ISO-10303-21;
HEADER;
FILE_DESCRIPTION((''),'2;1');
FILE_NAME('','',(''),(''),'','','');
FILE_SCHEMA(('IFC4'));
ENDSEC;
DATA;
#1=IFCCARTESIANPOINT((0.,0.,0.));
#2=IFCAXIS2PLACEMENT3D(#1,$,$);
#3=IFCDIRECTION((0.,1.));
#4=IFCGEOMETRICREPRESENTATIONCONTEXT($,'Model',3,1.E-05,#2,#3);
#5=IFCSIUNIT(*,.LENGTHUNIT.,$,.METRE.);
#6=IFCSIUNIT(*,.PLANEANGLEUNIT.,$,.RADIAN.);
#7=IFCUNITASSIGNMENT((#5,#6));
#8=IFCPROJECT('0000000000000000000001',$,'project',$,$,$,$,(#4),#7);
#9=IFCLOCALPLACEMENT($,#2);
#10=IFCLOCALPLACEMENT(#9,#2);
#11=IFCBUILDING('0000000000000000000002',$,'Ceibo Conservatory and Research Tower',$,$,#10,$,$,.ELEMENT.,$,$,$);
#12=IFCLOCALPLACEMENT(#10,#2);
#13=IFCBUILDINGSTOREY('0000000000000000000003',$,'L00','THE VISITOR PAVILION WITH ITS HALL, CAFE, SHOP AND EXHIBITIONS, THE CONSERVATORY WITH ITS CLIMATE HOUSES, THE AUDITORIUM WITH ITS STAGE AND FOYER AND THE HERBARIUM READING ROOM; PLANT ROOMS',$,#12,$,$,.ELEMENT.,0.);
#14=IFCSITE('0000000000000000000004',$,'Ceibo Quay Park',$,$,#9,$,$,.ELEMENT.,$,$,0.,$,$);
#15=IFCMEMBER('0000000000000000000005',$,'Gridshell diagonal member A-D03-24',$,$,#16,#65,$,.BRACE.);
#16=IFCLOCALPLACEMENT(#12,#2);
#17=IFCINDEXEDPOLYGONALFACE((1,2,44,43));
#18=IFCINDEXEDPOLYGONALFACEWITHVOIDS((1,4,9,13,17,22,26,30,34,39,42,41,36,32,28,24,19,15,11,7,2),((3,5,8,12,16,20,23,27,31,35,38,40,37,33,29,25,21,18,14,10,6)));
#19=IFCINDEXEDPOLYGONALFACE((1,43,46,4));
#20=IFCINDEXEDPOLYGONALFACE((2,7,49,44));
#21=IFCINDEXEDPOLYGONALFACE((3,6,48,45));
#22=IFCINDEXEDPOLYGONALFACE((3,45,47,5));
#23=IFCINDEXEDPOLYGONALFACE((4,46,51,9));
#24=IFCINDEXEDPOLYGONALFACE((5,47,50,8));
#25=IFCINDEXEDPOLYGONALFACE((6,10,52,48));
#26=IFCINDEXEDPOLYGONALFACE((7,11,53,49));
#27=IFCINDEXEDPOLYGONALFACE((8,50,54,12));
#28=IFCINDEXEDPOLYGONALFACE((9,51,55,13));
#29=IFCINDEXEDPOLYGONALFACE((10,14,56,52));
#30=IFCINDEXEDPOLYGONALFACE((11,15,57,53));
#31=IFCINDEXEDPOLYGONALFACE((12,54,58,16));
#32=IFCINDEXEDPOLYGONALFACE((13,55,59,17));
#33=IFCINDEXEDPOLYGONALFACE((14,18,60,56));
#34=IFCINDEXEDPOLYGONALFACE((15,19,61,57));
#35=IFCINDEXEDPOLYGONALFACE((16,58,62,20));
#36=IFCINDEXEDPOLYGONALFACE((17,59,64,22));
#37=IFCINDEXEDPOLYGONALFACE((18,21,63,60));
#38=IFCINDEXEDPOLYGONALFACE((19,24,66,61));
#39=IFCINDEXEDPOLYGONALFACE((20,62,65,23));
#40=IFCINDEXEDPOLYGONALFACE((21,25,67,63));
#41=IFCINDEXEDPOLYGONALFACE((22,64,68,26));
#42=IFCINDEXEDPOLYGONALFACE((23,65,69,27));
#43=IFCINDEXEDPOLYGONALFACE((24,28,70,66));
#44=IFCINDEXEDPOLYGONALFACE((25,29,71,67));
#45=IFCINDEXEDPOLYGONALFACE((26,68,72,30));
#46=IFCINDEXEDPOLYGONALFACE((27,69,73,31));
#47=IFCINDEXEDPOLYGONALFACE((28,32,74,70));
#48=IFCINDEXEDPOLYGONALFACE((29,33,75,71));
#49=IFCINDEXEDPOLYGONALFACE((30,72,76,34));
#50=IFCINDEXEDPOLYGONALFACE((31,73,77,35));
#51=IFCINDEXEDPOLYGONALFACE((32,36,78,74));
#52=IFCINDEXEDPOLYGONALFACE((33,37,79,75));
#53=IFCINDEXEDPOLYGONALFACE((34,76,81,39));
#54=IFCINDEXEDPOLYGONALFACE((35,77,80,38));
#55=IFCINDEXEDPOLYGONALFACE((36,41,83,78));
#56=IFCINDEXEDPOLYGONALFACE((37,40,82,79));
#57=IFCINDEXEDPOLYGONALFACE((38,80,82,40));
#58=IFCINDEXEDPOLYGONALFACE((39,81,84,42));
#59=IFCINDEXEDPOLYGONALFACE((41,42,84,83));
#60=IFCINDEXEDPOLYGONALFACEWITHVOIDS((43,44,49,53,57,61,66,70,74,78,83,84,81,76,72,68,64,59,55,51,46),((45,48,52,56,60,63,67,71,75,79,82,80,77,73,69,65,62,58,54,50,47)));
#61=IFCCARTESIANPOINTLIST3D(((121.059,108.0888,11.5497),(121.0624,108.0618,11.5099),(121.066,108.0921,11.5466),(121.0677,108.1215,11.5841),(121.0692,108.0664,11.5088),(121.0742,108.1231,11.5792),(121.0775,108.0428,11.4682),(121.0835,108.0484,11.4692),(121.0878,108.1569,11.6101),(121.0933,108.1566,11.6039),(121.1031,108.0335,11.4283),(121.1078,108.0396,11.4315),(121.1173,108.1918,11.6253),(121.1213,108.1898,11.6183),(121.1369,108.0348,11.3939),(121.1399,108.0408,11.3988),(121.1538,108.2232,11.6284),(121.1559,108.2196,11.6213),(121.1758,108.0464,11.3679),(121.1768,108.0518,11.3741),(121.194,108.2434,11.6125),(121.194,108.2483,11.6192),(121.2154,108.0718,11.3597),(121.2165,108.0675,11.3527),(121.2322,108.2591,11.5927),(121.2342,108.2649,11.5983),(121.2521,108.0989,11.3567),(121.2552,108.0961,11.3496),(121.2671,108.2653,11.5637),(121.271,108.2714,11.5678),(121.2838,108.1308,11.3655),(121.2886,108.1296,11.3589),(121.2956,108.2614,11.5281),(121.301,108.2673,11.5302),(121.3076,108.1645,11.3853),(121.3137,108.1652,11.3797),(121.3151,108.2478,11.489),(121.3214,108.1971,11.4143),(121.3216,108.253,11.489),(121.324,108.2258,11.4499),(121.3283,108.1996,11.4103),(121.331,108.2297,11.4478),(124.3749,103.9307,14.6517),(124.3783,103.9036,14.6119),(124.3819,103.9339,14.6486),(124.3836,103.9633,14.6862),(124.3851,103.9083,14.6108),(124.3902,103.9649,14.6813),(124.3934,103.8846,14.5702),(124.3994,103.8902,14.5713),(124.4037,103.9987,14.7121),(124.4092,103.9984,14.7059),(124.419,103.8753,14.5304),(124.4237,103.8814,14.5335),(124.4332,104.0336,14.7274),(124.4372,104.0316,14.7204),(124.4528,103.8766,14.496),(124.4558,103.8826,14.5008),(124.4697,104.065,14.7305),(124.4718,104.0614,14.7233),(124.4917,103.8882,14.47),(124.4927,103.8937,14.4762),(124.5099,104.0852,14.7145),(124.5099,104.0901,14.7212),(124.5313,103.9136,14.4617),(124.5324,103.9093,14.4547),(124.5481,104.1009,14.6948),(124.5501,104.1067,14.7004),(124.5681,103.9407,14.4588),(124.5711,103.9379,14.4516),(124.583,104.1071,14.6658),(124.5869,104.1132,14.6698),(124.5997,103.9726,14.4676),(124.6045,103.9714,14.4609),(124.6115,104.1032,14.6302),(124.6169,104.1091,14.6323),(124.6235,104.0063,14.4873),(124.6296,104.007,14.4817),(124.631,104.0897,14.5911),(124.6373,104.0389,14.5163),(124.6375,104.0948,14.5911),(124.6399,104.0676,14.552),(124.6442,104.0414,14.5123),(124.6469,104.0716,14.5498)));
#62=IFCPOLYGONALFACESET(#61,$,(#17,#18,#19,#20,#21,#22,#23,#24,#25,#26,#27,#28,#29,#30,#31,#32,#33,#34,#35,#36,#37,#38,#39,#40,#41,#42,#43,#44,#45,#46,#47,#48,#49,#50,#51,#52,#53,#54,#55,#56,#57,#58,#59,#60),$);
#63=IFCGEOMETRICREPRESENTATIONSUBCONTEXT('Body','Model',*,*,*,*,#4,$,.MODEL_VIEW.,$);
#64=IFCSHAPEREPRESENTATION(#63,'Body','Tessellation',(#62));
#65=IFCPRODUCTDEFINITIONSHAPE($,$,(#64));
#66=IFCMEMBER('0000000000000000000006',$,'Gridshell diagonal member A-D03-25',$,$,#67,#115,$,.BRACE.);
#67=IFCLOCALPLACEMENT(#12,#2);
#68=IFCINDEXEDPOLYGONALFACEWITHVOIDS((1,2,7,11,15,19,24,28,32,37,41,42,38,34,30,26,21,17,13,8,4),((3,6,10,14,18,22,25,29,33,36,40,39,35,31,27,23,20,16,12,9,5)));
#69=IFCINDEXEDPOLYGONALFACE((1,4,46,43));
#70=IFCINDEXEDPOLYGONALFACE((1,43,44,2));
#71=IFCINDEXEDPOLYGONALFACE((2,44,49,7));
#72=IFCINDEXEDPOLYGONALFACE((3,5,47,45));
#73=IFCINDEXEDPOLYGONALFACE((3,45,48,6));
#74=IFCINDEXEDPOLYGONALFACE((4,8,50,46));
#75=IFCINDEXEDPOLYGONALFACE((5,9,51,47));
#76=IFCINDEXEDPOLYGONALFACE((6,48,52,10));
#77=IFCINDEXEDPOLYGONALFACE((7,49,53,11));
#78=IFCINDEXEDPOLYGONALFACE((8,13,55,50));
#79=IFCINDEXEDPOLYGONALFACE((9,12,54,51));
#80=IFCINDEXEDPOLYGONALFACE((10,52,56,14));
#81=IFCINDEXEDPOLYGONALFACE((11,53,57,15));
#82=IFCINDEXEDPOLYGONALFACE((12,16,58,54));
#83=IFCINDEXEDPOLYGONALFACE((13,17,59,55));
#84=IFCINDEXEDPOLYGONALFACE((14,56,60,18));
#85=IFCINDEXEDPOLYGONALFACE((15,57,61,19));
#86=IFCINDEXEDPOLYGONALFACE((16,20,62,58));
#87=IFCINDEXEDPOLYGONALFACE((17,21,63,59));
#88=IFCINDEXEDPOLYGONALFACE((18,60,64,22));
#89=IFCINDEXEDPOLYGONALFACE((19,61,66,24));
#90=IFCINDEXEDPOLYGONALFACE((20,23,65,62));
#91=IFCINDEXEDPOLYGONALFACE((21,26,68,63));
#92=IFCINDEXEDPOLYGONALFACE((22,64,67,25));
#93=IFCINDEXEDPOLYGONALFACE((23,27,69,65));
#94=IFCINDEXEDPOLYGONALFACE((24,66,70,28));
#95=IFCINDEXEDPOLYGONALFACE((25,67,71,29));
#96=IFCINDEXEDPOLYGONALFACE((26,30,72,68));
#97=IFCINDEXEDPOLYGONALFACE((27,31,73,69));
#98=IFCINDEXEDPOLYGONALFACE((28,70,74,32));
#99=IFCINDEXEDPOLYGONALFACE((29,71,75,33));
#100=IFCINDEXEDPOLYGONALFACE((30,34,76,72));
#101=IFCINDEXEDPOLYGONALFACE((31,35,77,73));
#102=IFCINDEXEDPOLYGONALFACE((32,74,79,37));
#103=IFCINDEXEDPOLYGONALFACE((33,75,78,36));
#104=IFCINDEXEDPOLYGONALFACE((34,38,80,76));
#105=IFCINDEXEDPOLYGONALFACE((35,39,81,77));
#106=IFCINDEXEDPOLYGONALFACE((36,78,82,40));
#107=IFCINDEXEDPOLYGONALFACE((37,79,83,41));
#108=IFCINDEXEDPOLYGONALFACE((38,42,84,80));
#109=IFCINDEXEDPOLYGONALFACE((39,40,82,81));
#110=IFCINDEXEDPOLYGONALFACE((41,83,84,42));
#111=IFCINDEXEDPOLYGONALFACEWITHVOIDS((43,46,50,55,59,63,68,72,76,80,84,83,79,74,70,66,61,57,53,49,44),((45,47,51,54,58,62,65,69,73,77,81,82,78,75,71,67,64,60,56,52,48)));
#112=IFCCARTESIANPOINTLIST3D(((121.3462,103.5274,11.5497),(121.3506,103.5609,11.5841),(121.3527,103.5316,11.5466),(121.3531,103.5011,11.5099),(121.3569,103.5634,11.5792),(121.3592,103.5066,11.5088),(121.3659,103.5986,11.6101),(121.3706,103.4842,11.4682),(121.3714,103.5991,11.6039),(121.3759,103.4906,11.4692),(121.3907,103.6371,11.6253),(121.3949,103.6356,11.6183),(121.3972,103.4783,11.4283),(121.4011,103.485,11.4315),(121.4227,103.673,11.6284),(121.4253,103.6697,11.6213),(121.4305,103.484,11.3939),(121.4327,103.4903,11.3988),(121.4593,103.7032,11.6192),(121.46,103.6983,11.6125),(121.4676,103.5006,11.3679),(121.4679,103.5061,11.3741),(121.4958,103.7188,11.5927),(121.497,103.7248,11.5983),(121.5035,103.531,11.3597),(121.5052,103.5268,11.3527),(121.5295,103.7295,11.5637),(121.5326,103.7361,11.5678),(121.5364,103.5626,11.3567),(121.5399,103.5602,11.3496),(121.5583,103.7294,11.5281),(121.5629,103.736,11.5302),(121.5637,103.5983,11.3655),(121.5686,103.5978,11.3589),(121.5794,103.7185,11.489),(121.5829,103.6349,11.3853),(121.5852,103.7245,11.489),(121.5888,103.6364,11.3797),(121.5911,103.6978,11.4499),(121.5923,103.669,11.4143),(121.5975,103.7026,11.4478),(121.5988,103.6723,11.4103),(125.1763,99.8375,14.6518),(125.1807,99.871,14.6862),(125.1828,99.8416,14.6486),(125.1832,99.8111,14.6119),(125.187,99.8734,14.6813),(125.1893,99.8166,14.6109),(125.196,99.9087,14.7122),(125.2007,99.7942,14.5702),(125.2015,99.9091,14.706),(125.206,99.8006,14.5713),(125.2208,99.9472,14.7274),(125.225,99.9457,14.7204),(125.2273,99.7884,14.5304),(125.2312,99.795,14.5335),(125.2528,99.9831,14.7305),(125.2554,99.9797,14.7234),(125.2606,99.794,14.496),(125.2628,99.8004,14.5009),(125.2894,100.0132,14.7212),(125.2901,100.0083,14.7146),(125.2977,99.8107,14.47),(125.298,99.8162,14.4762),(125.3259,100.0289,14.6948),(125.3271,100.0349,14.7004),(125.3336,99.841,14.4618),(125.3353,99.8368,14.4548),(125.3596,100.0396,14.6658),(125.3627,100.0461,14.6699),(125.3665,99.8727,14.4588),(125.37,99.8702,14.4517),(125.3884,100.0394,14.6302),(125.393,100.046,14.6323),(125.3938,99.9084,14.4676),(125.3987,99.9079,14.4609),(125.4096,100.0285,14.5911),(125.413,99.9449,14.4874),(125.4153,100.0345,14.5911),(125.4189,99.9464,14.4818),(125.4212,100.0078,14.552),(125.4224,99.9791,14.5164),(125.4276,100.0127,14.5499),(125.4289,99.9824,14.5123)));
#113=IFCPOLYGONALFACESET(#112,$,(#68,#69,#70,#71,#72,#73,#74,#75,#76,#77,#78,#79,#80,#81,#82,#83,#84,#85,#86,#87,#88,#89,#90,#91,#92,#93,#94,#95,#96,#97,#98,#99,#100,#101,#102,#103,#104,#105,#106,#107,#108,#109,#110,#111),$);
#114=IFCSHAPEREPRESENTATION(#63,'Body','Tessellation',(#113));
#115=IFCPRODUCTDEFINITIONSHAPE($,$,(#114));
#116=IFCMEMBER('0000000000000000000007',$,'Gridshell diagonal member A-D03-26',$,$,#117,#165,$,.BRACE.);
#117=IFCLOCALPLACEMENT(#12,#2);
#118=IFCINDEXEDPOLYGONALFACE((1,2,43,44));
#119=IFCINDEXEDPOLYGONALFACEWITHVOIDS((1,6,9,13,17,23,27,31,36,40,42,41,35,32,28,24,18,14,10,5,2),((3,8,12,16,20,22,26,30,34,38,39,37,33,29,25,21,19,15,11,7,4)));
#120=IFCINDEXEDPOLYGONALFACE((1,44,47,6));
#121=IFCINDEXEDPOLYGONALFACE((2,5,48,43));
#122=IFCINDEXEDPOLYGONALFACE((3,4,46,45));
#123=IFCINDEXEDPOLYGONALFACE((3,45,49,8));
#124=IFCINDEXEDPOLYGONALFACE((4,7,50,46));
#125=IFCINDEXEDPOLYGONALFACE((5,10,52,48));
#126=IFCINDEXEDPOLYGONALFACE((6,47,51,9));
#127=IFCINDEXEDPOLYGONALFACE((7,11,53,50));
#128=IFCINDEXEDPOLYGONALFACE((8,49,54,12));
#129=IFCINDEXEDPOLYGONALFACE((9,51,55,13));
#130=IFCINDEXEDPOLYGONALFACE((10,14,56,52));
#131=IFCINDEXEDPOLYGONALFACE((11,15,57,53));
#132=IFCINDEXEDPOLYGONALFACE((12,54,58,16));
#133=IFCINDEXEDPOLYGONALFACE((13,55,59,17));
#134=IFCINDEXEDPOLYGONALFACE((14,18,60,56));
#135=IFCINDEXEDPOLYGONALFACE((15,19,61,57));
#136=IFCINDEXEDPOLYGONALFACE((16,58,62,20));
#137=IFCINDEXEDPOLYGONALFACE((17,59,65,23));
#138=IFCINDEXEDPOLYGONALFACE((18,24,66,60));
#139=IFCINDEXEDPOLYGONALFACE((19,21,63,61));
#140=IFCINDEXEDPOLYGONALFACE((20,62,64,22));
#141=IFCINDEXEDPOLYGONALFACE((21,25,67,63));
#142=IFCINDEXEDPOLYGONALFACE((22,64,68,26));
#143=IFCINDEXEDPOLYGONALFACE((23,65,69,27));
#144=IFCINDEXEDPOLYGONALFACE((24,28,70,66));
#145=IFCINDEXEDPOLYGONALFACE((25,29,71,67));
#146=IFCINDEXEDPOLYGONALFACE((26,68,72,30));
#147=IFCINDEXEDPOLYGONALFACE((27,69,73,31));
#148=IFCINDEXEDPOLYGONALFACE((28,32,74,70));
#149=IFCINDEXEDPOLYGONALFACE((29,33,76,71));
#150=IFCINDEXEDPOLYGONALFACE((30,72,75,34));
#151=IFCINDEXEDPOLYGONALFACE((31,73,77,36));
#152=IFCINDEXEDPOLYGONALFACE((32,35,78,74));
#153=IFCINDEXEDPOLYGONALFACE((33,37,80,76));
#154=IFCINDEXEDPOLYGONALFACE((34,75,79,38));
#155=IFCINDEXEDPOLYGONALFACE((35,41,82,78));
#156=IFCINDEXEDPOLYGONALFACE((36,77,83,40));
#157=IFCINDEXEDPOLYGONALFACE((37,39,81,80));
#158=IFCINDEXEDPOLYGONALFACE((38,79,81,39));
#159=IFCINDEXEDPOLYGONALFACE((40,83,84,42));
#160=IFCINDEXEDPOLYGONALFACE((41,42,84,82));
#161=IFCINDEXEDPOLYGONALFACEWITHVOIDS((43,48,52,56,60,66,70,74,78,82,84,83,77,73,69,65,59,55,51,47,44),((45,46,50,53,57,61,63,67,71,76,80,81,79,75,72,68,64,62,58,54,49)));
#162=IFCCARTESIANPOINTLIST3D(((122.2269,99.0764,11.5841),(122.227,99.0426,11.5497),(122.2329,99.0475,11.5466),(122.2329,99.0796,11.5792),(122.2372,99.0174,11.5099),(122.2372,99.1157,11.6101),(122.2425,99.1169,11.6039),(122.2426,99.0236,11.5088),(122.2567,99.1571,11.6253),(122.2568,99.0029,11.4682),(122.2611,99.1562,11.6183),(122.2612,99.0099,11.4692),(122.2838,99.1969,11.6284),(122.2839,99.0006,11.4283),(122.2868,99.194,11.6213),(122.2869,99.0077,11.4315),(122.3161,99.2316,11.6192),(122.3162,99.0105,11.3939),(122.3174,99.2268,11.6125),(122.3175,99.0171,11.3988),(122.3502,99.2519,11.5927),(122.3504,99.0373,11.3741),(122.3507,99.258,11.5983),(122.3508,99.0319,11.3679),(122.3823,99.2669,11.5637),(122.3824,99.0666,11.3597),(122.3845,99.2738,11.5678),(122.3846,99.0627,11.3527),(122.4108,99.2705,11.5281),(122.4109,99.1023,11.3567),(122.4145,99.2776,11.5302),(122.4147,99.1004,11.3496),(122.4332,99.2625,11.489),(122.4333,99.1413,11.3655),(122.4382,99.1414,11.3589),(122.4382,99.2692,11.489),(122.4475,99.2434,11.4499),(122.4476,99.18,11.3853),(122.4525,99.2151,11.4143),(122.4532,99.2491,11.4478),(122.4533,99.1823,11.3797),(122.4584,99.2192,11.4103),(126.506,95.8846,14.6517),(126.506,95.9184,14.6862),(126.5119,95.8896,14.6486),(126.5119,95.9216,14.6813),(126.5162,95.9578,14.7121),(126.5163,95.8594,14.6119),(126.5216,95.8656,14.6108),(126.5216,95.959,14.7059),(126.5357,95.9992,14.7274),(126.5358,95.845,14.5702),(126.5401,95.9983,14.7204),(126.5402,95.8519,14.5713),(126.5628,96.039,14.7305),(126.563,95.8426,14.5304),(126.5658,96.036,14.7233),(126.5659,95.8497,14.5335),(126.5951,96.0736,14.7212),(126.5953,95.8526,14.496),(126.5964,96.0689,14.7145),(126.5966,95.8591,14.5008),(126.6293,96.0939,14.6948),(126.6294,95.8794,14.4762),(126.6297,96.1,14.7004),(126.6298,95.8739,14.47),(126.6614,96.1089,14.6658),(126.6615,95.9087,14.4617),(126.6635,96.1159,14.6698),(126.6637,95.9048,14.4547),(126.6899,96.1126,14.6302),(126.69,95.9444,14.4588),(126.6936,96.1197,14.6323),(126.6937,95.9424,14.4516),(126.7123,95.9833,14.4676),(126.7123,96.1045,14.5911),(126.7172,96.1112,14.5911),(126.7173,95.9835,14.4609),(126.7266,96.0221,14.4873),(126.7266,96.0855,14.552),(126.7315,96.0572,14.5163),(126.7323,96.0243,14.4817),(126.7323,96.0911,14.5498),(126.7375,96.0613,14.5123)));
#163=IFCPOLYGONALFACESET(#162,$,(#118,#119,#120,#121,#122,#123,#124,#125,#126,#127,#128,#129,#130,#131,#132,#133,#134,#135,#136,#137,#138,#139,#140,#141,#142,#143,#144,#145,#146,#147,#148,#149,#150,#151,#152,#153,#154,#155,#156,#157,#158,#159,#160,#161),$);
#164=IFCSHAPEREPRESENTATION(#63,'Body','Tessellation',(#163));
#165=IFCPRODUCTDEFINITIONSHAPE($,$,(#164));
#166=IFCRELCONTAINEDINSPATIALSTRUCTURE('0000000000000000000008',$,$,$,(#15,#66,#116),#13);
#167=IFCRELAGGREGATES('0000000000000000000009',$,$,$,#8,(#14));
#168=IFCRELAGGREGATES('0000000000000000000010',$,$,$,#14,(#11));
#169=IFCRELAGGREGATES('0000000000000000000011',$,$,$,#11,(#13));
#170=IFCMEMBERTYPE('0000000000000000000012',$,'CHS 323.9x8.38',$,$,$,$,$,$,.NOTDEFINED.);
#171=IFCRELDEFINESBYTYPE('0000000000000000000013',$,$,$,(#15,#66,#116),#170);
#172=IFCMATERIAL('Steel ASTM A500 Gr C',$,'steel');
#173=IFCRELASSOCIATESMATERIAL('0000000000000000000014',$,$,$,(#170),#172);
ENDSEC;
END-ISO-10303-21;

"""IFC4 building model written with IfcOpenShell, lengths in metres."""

from ifc_helpers import new_model, si_unit, direction, frame, origin, origin_2d, place, context, subcontext, project, spatial, hollow_circle, extrude, material, material_profile, profile_set, type_object, element, save


model = new_model("IFC4")

# Units and contexts
model_context = context("Model", 3, precision=1e-05, world=origin(), true_north=direction((0.0, 1.0)))
body_context = subcontext(model_context, "Body", "Model", "MODEL_VIEW")
ifc_project = project(units=[si_unit("LENGTHUNIT", "METRE"), si_unit("PLANEANGLEUNIT", "RADIAN")], contexts=[model_context])

# Site, building, storey
site_placement = place(None, origin())
site = spatial("IfcSite", under=ifc_project, at=site_placement, Name="Ceibo Quay Park", CompositionType="ELEMENT", RefElevation=0.0)
building_placement = place(site_placement, origin())
building = spatial("IfcBuilding", under=site, at=building_placement, Name="Ceibo Conservatory and Research Tower", CompositionType="ELEMENT")
storey_placement = place(building_placement, origin())
storey = spatial("IfcBuildingStorey", under=building, at=storey_placement, Name="L00", Description="THE VISITOR PAVILION WITH ITS HALL, CAFE, SHOP AND EXHIBITIONS, THE CONSERVATORY WITH ITS CLIMATE HOUSES, THE AUDITORIUM WITH ITS STAGE AND FOYER AND THE HERBARIUM READING ROOM; PLANT ROOMS", CompositionType="ELEMENT", Elevation=0.0)

# Members
ifc_material_1 = material(Name="Steel ASTM A500 Gr C", Category="steel")
ifc_material_profile_1 = material_profile(ifc_material_1, hollow_circle(Radius=0.1619, WallThickness=0.0083, at=origin_2d()), Name="CHS 323.9x8.38")
ifc_profile_set_1 = profile_set([ifc_material_profile_1], Name="Steel ASTM A500 Gr C")
member_type_1 = type_object("IfcMemberType", Name="CHS 323.9x8.38", PredefinedType="NOTDEFINED", material=ifc_profile_set_1)
for number, where, z_axis, x_axis, name in (
    (1, (121.1951, 108.1521, 11.489), (0.53856, -0.675362, 0.503825), (0.781844, 0.623474, 0.0), "Gridshell diagonal member A-D03-24"),
    (2, (121.4729, 103.6079, 11.489), (0.622075, -0.599314, 0.50383), (0.693809, 0.720159, 0.0), "Gridshell diagonal member A-D03-25"),
):
    element("IfcMember", number, at=place(storey_placement, frame(where, z_axis=z_axis, x_axis=x_axis)), inside=storey, type_object=member_type_1, Name=name, PredefinedType="BRACE", context=body_context, shape_type="SweptSolid", body=[
        extrude(hollow_circle(Radius=0.1619, WallThickness=0.0083, at=origin_2d()), origin(), (0.0, 0.0, 1.0), 6.157),
    ])
member_1_placement = place(storey_placement, frame((122.342, 99.1389, 11.489), z_axis=(0.695017, -0.512925, 0.503845), x_axis=(0.593805, 0.804609, 0.0)))
element("IfcMember", 3, at=member_1_placement, inside=storey, type_object=member_type_1, Name="Gridshell diagonal member A-D03-26", PredefinedType="BRACE", context=body_context, shape_type="SweptSolid", body=[
    extrude(hollow_circle(Radius=0.1619, WallThickness=0.0083, at=origin_2d()), origin(), (0.0, 0.0, 1.0), 6.1567),
])

save(model, "model.ifc")
